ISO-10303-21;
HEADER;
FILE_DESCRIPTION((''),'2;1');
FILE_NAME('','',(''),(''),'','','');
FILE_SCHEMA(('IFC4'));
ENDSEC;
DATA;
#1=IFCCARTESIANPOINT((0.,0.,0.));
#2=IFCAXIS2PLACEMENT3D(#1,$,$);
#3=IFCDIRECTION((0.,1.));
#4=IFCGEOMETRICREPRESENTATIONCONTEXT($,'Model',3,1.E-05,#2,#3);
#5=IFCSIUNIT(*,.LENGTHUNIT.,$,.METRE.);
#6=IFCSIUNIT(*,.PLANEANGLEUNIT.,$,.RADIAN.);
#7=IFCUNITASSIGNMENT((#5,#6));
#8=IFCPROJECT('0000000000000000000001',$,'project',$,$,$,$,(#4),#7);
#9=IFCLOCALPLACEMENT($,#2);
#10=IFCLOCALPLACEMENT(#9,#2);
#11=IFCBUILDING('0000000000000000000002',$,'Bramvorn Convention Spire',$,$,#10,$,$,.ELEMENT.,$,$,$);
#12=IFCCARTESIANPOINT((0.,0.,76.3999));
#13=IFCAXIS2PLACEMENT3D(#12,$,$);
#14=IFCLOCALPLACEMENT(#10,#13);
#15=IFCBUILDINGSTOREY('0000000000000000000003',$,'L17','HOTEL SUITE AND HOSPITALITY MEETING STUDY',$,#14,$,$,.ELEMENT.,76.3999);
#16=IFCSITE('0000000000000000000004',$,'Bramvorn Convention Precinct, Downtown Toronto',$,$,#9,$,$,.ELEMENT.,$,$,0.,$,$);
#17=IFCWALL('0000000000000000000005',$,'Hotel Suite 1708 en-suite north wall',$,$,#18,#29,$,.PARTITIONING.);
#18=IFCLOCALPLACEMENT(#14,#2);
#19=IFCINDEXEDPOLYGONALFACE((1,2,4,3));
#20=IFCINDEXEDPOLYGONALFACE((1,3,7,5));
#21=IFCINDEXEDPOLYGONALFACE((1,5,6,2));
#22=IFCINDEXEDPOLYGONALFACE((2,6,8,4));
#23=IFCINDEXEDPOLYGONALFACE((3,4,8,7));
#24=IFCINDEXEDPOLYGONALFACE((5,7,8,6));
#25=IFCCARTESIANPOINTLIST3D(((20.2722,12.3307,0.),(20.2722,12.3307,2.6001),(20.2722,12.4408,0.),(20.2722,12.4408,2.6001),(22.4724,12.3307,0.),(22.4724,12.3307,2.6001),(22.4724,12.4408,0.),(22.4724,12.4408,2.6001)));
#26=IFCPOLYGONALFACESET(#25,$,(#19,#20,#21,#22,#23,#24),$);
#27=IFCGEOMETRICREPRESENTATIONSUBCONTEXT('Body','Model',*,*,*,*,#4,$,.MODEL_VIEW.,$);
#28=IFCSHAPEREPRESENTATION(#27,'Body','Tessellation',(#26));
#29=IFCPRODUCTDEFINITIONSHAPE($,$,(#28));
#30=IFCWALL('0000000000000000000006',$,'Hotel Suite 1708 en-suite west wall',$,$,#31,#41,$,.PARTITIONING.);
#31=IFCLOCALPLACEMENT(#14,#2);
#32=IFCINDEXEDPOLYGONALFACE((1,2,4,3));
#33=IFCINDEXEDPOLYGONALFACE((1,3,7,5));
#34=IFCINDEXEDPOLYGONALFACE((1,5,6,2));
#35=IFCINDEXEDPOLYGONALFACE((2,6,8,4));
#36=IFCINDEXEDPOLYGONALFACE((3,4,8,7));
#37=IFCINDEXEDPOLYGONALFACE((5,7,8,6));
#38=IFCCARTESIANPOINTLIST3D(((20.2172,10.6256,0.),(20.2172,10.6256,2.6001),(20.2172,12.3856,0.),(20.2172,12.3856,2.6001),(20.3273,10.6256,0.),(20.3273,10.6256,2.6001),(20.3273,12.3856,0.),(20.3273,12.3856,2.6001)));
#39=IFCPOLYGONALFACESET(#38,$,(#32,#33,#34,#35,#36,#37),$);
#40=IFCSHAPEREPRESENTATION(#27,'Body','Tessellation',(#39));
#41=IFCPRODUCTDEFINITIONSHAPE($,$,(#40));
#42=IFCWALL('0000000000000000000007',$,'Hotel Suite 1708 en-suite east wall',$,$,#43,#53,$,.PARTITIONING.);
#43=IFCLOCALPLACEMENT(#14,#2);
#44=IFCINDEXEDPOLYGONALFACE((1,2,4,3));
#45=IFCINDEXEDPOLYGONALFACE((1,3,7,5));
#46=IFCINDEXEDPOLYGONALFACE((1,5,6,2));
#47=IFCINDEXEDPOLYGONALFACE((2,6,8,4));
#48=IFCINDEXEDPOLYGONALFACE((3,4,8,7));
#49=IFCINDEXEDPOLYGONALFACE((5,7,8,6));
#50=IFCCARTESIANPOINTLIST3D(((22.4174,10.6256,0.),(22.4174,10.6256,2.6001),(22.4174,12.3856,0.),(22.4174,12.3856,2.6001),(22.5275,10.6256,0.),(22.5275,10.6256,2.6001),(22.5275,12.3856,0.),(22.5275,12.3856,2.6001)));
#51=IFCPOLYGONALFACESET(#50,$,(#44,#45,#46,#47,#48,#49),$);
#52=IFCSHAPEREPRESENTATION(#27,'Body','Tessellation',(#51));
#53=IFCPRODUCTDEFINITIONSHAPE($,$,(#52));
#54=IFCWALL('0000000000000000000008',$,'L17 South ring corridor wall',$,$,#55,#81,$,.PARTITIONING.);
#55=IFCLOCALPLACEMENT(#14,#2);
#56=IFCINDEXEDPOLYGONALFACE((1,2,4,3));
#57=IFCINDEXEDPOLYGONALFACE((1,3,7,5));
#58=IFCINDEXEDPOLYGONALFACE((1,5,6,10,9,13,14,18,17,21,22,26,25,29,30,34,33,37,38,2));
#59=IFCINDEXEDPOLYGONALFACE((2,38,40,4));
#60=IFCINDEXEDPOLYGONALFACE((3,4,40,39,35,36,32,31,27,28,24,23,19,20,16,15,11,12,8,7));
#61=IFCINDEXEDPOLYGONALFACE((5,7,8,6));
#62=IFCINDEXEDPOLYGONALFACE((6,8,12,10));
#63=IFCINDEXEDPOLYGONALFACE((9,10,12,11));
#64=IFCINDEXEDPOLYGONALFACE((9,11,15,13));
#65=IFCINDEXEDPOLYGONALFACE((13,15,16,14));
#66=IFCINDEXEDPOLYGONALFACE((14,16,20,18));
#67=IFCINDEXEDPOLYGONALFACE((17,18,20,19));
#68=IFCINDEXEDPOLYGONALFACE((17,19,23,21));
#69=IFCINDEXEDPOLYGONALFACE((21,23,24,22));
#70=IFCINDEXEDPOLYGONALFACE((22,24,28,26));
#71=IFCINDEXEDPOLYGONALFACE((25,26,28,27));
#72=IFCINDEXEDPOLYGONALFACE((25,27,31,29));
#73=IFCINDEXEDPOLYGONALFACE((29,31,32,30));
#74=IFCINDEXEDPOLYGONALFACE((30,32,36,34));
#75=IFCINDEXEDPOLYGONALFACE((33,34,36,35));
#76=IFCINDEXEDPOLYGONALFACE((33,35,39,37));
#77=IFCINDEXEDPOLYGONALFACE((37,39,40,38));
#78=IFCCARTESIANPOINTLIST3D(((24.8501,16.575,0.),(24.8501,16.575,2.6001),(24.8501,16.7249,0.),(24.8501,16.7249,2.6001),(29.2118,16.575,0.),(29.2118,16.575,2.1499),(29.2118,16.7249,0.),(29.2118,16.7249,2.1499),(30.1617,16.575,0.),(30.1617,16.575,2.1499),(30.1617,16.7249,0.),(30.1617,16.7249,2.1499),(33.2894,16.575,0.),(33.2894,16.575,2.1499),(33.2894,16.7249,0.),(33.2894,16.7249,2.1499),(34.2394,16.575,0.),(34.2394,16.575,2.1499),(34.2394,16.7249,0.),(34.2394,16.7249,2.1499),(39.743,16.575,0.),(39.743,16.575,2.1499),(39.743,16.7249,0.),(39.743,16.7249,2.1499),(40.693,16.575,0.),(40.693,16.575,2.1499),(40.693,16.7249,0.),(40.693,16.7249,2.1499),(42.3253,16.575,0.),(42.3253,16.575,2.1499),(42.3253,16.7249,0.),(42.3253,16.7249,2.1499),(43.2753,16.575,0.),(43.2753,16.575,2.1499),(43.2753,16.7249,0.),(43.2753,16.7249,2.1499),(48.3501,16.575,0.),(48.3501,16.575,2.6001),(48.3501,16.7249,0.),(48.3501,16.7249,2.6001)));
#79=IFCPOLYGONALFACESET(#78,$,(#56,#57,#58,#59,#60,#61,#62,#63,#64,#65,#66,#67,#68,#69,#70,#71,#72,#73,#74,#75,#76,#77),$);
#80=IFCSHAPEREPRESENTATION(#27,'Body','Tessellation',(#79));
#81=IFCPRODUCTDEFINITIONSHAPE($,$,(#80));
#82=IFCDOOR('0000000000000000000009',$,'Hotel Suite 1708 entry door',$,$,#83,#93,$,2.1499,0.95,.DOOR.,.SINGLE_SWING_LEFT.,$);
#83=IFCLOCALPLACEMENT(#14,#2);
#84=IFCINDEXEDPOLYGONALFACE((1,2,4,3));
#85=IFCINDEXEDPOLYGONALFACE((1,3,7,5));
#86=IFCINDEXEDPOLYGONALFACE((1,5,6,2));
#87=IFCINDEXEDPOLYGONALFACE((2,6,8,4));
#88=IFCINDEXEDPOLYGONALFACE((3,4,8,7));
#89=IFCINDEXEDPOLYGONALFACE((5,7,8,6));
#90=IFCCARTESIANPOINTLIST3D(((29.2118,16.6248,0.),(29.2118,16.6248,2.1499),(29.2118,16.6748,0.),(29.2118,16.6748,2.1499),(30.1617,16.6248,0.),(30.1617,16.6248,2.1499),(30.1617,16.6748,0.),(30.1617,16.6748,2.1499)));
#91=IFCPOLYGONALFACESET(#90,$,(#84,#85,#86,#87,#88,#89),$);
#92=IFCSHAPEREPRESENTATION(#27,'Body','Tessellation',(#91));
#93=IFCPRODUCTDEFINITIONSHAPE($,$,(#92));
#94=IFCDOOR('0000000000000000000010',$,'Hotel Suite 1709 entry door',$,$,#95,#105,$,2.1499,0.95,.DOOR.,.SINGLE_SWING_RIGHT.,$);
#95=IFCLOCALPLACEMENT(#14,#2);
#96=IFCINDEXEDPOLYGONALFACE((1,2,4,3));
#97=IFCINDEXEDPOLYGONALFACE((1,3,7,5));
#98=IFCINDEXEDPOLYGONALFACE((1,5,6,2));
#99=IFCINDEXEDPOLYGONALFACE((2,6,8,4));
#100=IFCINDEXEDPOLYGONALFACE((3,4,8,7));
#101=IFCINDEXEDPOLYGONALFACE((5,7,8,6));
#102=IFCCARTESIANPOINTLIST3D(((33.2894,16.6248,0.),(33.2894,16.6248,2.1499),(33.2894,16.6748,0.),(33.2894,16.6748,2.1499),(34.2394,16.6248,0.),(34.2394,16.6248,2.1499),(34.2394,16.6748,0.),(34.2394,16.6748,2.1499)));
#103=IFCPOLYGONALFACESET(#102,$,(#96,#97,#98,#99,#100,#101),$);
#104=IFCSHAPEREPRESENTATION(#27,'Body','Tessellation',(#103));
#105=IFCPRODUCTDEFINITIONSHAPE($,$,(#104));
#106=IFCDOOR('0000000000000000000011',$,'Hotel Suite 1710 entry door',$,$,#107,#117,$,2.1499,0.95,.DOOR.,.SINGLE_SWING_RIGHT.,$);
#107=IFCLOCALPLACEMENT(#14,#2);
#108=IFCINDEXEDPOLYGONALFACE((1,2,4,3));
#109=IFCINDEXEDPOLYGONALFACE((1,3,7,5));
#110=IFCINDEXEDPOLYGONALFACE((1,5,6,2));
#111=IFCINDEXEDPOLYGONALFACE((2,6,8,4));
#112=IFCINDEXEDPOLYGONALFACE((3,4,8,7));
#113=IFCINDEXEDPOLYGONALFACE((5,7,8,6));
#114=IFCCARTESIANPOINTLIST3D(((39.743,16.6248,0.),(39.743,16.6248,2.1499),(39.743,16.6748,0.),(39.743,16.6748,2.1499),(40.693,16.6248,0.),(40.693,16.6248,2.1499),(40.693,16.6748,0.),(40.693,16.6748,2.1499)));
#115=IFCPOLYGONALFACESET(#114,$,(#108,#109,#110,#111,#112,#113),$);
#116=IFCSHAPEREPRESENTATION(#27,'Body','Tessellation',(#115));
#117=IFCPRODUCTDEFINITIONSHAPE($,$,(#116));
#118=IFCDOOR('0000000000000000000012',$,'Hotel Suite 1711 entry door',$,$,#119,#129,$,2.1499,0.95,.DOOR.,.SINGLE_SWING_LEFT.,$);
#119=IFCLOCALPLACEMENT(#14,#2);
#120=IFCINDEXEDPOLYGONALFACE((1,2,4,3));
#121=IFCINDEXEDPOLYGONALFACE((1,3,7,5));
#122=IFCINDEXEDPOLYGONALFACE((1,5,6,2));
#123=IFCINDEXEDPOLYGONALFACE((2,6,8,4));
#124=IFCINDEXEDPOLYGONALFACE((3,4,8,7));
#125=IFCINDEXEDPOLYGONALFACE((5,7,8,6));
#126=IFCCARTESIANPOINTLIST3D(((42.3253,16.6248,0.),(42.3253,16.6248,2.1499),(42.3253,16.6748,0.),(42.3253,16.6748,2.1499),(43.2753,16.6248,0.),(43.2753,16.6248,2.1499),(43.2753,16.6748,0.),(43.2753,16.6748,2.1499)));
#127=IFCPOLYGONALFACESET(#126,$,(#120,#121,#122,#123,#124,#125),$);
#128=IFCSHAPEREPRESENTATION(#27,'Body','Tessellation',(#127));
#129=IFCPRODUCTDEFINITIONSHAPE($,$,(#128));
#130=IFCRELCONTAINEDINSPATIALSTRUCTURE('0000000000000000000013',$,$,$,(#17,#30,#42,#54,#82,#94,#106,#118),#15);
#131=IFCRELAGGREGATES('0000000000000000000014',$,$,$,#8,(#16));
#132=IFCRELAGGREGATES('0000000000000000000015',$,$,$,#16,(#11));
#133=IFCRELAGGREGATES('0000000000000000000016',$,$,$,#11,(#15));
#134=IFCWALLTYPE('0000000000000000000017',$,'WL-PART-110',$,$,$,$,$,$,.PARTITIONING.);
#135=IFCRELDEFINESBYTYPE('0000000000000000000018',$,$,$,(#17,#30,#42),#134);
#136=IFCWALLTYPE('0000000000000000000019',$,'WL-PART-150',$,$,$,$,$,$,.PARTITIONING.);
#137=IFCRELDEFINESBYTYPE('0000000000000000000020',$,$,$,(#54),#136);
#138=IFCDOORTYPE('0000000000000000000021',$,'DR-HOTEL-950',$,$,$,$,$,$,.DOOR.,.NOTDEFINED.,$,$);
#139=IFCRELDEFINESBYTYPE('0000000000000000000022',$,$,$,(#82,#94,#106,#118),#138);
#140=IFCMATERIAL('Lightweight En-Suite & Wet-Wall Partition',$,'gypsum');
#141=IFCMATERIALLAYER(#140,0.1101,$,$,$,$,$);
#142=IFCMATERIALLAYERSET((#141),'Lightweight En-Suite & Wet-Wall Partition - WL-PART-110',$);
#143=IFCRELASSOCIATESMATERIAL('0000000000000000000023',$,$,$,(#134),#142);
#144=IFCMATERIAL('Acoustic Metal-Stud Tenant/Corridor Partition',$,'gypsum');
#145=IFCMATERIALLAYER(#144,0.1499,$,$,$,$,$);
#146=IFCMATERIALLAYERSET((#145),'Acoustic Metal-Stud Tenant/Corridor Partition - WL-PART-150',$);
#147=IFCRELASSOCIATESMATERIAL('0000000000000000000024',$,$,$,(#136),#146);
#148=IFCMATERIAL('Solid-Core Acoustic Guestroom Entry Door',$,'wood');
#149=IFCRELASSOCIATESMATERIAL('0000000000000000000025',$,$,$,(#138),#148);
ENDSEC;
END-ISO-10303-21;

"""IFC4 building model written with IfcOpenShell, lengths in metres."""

from ifc_helpers import new_model, si_unit, direction, frame, frame_2d, origin, place, context, subcontext, project, spatial, rectangle, extrude, material, layer, layer_set, type_object, element, fill, save


model = new_model("IFC4")

# Units and contexts
model_context = context("Model", 3, precision=1e-05, world=origin(), true_north=direction((0.0, 1.0)))
body_context = subcontext(model_context, "Body", "Model", "MODEL_VIEW")
ifc_project = project(units=[si_unit("LENGTHUNIT", "METRE"), si_unit("PLANEANGLEUNIT", "RADIAN")], contexts=[model_context])

# Site, building, storey
site_placement = place(None, origin())
site = spatial("IfcSite", under=ifc_project, at=site_placement, Name="Bramvorn Convention Precinct, Downtown Toronto", CompositionType="ELEMENT", RefElevation=0.0)
building_placement = place(site_placement, origin())
building = spatial("IfcBuilding", under=site, at=building_placement, Name="Bramvorn Convention Spire", CompositionType="ELEMENT")
storey_placement = place(building_placement, frame((0.0, 0.0, 76.3999)))
storey = spatial("IfcBuildingStorey", under=building, at=storey_placement, Name="L17", Description="HOTEL SUITE AND HOSPITALITY MEETING STUDY", CompositionType="ELEMENT", Elevation=76.3999)

# Shared definitions
ifc_material_1 = material(Name="Lightweight En-Suite & Wet-Wall Partition", Category="gypsum")
ifc_layer_1 = layer(ifc_material_1, 0.1101)
ifc_layer_set_1 = layer_set([ifc_layer_1], Name="Lightweight En-Suite & Wet-Wall Partition - WL-PART-110")
wall_type_1 = type_object("IfcWallType", Name="WL-PART-110", PredefinedType="PARTITIONING", material=ifc_layer_set_1)

# Walls
wall_1_placement = place(storey_placement, frame((20.2722, 12.3857, 0.0), z_axis=(0.0, 0.0, 1.0), x_axis=(1.0, 0.0, 0.0)))
element("IfcWall", 1, at=wall_1_placement, inside=storey, type_object=wall_type_1, Name="Hotel Suite 1708 en-suite north wall", PredefinedType="PARTITIONING", context=body_context, shape_type="SweptSolid", body=[
    extrude(rectangle(XDim=2.2002, YDim=0.1101, at=frame_2d((1.1001, 0.0))), origin(), (0.0, 0.0, 1.0), 2.6001),
])
for number, where, z_axis, x_axis, name in (
    (2, (20.2722, 10.6257, 0.0), (0.0, 0.0, 1.0), (0.0, 1.0, 0.0), "Hotel Suite 1708 en-suite west wall"),
    (3, (22.4724, 10.6257, 0.0), (0.0, 0.0, 1.0), (0.0, 1.0, 0.0), "Hotel Suite 1708 en-suite east wall"),
):
    element("IfcWall", number, at=place(storey_placement, frame(where, z_axis=z_axis, x_axis=x_axis)), inside=storey, type_object=wall_type_1, Name=name, PredefinedType="PARTITIONING", context=body_context, shape_type="SweptSolid", body=[
        extrude(rectangle(XDim=1.76, YDim=0.1101, at=frame_2d((0.8799, 0.0))), origin(), (0.0, 0.0, 1.0), 2.6001),
    ])

# Wall, openings, doors
ifc_material_2 = material(Name="Acoustic Metal-Stud Tenant/Corridor Partition", Category="gypsum")
ifc_layer_2 = layer(ifc_material_2, 0.1499)
ifc_layer_set_2 = layer_set([ifc_layer_2], Name="Acoustic Metal-Stud Tenant/Corridor Partition - WL-PART-150")
wall_type_2 = type_object("IfcWallType", Name="WL-PART-150", PredefinedType="PARTITIONING", material=ifc_layer_set_2)
wall_2_placement = place(storey_placement, frame((24.8501, 16.6499, 0.0), z_axis=(0.0, 0.0, 1.0), x_axis=(1.0, 0.0, 0.0)))
wall_2 = element("IfcWall", 4, at=wall_2_placement, inside=storey, type_object=wall_type_2, Name="L17 South ring corridor wall", PredefinedType="PARTITIONING", context=body_context, shape_type="SweptSolid", body=[
    extrude(rectangle(XDim=23.5, YDim=0.1499, at=frame_2d((11.75, 0.0))), origin(), (0.0, 0.0, 1.0), 2.6001),
])
opening_1_placement = place(wall_2_placement, frame((4.3616, 0.0, 0.0)))
opening_1 = element("IfcOpeningElement", 5, at=opening_1_placement, cuts=wall_2, PredefinedType="OPENING", context=body_context, shape_type="SweptSolid", body=[
    extrude(rectangle(XDim=0.95, YDim=2.1499, at=frame_2d((0.4751, 1.075))), frame((0.0, 0.085, 0.0), z_axis=(0.0, -1.0, 0.0), x_axis=(1.0, 0.0, 0.0)), (0.0, 0.0, 1.0), 0.1699),
])
opening_2_placement = place(wall_2_placement, frame((8.4392, 0.0, 0.0)))
opening_2 = element("IfcOpeningElement", 6, at=opening_2_placement, cuts=wall_2, PredefinedType="OPENING", context=body_context, shape_type="SweptSolid", body=[
    extrude(rectangle(XDim=0.95, YDim=2.1499, at=frame_2d((0.4751, 1.075))), frame((0.0, 0.085, 0.0), z_axis=(0.0, -1.0, 0.0), x_axis=(1.0, 0.0, 0.0)), (0.0, 0.0, 1.0), 0.1699),
])
opening_3_placement = place(wall_2_placement, frame((14.8928, 0.0, 0.0)))
opening_3 = element("IfcOpeningElement", 7, at=opening_3_placement, cuts=wall_2, PredefinedType="OPENING", context=body_context, shape_type="SweptSolid", body=[
    extrude(rectangle(XDim=0.95, YDim=2.1499, at=frame_2d((0.4751, 1.075))), frame((0.0, 0.085, 0.0), z_axis=(0.0, -1.0, 0.0), x_axis=(1.0, 0.0, 0.0)), (0.0, 0.0, 1.0), 0.1699),
])
opening_4_placement = place(wall_2_placement, frame((17.4751, 0.0, 0.0)))
opening_4 = element("IfcOpeningElement", 8, at=opening_4_placement, cuts=wall_2, PredefinedType="OPENING", context=body_context, shape_type="SweptSolid", body=[
    extrude(rectangle(XDim=0.95, YDim=2.1499, at=frame_2d((0.4751, 1.075))), frame((0.0, 0.085, 0.0), z_axis=(0.0, -1.0, 0.0), x_axis=(1.0, 0.0, 0.0)), (0.0, 0.0, 1.0), 0.1699),
])
ifc_material_3 = material(Name="Solid-Core Acoustic Guestroom Entry Door", Category="wood")
door_type_1 = type_object("IfcDoorType", Name="DR-HOTEL-950", OperationType="NOTDEFINED", PredefinedType="DOOR", material=ifc_material_3)
door_1_placement = place(opening_1_placement, origin())
door_1 = element("IfcDoor", 9, at=door_1_placement, inside=storey, type_object=door_type_1, Name="Hotel Suite 1708 entry door", OperationType="SINGLE_SWING_LEFT", OverallHeight=2.1499, OverallWidth=0.95, PredefinedType="DOOR", context=body_context, shape_type="SweptSolid", body=[
    extrude(rectangle(XDim=0.95, YDim=2.1499, at=frame_2d((0.4751, 1.075))), frame((0.0, 0.0249, 0.0), z_axis=(0.0, -1.0, 0.0), x_axis=(1.0, 0.0, 0.0)), (0.0, 0.0, 1.0), 0.05),
])
fill(opening_1, door_1)
door_2_placement = place(opening_2_placement, origin())
door_2 = element("IfcDoor", 10, at=door_2_placement, inside=storey, type_object=door_type_1, Name="Hotel Suite 1709 entry door", OperationType="SINGLE_SWING_RIGHT", OverallHeight=2.1499, OverallWidth=0.95, PredefinedType="DOOR", context=body_context, shape_type="SweptSolid", body=[
    extrude(rectangle(XDim=0.95, YDim=2.1499, at=frame_2d((0.4751, 1.075))), frame((0.0, 0.0249, 0.0), z_axis=(0.0, -1.0, 0.0), x_axis=(1.0, 0.0, 0.0)), (0.0, 0.0, 1.0), 0.05),
])
fill(opening_2, door_2)
door_3_placement = place(opening_3_placement, origin())
door_3 = element("IfcDoor", 11, at=door_3_placement, inside=storey, type_object=door_type_1, Name="Hotel Suite 1710 entry door", OperationType="SINGLE_SWING_RIGHT", OverallHeight=2.1499, OverallWidth=0.95, PredefinedType="DOOR", context=body_context, shape_type="SweptSolid", body=[
    extrude(rectangle(XDim=0.95, YDim=2.1499, at=frame_2d((0.4751, 1.075))), frame((0.0, 0.0249, 0.0), z_axis=(0.0, -1.0, 0.0), x_axis=(1.0, 0.0, 0.0)), (0.0, 0.0, 1.0), 0.05),
])
fill(opening_3, door_3)
door_4_placement = place(opening_4_placement, origin())
door_4 = element("IfcDoor", 12, at=door_4_placement, inside=storey, type_object=door_type_1, Name="Hotel Suite 1711 entry door", OperationType="SINGLE_SWING_LEFT", OverallHeight=2.1499, OverallWidth=0.95, PredefinedType="DOOR", context=body_context, shape_type="SweptSolid", body=[
    extrude(rectangle(XDim=0.95, YDim=2.1499, at=frame_2d((0.4751, 1.075))), frame((0.0, 0.0249, 0.0), z_axis=(0.0, -1.0, 0.0), x_axis=(1.0, 0.0, 0.0)), (0.0, 0.0, 1.0), 0.05),
])
fill(opening_4, door_4)

save(model, "model.ifc")
